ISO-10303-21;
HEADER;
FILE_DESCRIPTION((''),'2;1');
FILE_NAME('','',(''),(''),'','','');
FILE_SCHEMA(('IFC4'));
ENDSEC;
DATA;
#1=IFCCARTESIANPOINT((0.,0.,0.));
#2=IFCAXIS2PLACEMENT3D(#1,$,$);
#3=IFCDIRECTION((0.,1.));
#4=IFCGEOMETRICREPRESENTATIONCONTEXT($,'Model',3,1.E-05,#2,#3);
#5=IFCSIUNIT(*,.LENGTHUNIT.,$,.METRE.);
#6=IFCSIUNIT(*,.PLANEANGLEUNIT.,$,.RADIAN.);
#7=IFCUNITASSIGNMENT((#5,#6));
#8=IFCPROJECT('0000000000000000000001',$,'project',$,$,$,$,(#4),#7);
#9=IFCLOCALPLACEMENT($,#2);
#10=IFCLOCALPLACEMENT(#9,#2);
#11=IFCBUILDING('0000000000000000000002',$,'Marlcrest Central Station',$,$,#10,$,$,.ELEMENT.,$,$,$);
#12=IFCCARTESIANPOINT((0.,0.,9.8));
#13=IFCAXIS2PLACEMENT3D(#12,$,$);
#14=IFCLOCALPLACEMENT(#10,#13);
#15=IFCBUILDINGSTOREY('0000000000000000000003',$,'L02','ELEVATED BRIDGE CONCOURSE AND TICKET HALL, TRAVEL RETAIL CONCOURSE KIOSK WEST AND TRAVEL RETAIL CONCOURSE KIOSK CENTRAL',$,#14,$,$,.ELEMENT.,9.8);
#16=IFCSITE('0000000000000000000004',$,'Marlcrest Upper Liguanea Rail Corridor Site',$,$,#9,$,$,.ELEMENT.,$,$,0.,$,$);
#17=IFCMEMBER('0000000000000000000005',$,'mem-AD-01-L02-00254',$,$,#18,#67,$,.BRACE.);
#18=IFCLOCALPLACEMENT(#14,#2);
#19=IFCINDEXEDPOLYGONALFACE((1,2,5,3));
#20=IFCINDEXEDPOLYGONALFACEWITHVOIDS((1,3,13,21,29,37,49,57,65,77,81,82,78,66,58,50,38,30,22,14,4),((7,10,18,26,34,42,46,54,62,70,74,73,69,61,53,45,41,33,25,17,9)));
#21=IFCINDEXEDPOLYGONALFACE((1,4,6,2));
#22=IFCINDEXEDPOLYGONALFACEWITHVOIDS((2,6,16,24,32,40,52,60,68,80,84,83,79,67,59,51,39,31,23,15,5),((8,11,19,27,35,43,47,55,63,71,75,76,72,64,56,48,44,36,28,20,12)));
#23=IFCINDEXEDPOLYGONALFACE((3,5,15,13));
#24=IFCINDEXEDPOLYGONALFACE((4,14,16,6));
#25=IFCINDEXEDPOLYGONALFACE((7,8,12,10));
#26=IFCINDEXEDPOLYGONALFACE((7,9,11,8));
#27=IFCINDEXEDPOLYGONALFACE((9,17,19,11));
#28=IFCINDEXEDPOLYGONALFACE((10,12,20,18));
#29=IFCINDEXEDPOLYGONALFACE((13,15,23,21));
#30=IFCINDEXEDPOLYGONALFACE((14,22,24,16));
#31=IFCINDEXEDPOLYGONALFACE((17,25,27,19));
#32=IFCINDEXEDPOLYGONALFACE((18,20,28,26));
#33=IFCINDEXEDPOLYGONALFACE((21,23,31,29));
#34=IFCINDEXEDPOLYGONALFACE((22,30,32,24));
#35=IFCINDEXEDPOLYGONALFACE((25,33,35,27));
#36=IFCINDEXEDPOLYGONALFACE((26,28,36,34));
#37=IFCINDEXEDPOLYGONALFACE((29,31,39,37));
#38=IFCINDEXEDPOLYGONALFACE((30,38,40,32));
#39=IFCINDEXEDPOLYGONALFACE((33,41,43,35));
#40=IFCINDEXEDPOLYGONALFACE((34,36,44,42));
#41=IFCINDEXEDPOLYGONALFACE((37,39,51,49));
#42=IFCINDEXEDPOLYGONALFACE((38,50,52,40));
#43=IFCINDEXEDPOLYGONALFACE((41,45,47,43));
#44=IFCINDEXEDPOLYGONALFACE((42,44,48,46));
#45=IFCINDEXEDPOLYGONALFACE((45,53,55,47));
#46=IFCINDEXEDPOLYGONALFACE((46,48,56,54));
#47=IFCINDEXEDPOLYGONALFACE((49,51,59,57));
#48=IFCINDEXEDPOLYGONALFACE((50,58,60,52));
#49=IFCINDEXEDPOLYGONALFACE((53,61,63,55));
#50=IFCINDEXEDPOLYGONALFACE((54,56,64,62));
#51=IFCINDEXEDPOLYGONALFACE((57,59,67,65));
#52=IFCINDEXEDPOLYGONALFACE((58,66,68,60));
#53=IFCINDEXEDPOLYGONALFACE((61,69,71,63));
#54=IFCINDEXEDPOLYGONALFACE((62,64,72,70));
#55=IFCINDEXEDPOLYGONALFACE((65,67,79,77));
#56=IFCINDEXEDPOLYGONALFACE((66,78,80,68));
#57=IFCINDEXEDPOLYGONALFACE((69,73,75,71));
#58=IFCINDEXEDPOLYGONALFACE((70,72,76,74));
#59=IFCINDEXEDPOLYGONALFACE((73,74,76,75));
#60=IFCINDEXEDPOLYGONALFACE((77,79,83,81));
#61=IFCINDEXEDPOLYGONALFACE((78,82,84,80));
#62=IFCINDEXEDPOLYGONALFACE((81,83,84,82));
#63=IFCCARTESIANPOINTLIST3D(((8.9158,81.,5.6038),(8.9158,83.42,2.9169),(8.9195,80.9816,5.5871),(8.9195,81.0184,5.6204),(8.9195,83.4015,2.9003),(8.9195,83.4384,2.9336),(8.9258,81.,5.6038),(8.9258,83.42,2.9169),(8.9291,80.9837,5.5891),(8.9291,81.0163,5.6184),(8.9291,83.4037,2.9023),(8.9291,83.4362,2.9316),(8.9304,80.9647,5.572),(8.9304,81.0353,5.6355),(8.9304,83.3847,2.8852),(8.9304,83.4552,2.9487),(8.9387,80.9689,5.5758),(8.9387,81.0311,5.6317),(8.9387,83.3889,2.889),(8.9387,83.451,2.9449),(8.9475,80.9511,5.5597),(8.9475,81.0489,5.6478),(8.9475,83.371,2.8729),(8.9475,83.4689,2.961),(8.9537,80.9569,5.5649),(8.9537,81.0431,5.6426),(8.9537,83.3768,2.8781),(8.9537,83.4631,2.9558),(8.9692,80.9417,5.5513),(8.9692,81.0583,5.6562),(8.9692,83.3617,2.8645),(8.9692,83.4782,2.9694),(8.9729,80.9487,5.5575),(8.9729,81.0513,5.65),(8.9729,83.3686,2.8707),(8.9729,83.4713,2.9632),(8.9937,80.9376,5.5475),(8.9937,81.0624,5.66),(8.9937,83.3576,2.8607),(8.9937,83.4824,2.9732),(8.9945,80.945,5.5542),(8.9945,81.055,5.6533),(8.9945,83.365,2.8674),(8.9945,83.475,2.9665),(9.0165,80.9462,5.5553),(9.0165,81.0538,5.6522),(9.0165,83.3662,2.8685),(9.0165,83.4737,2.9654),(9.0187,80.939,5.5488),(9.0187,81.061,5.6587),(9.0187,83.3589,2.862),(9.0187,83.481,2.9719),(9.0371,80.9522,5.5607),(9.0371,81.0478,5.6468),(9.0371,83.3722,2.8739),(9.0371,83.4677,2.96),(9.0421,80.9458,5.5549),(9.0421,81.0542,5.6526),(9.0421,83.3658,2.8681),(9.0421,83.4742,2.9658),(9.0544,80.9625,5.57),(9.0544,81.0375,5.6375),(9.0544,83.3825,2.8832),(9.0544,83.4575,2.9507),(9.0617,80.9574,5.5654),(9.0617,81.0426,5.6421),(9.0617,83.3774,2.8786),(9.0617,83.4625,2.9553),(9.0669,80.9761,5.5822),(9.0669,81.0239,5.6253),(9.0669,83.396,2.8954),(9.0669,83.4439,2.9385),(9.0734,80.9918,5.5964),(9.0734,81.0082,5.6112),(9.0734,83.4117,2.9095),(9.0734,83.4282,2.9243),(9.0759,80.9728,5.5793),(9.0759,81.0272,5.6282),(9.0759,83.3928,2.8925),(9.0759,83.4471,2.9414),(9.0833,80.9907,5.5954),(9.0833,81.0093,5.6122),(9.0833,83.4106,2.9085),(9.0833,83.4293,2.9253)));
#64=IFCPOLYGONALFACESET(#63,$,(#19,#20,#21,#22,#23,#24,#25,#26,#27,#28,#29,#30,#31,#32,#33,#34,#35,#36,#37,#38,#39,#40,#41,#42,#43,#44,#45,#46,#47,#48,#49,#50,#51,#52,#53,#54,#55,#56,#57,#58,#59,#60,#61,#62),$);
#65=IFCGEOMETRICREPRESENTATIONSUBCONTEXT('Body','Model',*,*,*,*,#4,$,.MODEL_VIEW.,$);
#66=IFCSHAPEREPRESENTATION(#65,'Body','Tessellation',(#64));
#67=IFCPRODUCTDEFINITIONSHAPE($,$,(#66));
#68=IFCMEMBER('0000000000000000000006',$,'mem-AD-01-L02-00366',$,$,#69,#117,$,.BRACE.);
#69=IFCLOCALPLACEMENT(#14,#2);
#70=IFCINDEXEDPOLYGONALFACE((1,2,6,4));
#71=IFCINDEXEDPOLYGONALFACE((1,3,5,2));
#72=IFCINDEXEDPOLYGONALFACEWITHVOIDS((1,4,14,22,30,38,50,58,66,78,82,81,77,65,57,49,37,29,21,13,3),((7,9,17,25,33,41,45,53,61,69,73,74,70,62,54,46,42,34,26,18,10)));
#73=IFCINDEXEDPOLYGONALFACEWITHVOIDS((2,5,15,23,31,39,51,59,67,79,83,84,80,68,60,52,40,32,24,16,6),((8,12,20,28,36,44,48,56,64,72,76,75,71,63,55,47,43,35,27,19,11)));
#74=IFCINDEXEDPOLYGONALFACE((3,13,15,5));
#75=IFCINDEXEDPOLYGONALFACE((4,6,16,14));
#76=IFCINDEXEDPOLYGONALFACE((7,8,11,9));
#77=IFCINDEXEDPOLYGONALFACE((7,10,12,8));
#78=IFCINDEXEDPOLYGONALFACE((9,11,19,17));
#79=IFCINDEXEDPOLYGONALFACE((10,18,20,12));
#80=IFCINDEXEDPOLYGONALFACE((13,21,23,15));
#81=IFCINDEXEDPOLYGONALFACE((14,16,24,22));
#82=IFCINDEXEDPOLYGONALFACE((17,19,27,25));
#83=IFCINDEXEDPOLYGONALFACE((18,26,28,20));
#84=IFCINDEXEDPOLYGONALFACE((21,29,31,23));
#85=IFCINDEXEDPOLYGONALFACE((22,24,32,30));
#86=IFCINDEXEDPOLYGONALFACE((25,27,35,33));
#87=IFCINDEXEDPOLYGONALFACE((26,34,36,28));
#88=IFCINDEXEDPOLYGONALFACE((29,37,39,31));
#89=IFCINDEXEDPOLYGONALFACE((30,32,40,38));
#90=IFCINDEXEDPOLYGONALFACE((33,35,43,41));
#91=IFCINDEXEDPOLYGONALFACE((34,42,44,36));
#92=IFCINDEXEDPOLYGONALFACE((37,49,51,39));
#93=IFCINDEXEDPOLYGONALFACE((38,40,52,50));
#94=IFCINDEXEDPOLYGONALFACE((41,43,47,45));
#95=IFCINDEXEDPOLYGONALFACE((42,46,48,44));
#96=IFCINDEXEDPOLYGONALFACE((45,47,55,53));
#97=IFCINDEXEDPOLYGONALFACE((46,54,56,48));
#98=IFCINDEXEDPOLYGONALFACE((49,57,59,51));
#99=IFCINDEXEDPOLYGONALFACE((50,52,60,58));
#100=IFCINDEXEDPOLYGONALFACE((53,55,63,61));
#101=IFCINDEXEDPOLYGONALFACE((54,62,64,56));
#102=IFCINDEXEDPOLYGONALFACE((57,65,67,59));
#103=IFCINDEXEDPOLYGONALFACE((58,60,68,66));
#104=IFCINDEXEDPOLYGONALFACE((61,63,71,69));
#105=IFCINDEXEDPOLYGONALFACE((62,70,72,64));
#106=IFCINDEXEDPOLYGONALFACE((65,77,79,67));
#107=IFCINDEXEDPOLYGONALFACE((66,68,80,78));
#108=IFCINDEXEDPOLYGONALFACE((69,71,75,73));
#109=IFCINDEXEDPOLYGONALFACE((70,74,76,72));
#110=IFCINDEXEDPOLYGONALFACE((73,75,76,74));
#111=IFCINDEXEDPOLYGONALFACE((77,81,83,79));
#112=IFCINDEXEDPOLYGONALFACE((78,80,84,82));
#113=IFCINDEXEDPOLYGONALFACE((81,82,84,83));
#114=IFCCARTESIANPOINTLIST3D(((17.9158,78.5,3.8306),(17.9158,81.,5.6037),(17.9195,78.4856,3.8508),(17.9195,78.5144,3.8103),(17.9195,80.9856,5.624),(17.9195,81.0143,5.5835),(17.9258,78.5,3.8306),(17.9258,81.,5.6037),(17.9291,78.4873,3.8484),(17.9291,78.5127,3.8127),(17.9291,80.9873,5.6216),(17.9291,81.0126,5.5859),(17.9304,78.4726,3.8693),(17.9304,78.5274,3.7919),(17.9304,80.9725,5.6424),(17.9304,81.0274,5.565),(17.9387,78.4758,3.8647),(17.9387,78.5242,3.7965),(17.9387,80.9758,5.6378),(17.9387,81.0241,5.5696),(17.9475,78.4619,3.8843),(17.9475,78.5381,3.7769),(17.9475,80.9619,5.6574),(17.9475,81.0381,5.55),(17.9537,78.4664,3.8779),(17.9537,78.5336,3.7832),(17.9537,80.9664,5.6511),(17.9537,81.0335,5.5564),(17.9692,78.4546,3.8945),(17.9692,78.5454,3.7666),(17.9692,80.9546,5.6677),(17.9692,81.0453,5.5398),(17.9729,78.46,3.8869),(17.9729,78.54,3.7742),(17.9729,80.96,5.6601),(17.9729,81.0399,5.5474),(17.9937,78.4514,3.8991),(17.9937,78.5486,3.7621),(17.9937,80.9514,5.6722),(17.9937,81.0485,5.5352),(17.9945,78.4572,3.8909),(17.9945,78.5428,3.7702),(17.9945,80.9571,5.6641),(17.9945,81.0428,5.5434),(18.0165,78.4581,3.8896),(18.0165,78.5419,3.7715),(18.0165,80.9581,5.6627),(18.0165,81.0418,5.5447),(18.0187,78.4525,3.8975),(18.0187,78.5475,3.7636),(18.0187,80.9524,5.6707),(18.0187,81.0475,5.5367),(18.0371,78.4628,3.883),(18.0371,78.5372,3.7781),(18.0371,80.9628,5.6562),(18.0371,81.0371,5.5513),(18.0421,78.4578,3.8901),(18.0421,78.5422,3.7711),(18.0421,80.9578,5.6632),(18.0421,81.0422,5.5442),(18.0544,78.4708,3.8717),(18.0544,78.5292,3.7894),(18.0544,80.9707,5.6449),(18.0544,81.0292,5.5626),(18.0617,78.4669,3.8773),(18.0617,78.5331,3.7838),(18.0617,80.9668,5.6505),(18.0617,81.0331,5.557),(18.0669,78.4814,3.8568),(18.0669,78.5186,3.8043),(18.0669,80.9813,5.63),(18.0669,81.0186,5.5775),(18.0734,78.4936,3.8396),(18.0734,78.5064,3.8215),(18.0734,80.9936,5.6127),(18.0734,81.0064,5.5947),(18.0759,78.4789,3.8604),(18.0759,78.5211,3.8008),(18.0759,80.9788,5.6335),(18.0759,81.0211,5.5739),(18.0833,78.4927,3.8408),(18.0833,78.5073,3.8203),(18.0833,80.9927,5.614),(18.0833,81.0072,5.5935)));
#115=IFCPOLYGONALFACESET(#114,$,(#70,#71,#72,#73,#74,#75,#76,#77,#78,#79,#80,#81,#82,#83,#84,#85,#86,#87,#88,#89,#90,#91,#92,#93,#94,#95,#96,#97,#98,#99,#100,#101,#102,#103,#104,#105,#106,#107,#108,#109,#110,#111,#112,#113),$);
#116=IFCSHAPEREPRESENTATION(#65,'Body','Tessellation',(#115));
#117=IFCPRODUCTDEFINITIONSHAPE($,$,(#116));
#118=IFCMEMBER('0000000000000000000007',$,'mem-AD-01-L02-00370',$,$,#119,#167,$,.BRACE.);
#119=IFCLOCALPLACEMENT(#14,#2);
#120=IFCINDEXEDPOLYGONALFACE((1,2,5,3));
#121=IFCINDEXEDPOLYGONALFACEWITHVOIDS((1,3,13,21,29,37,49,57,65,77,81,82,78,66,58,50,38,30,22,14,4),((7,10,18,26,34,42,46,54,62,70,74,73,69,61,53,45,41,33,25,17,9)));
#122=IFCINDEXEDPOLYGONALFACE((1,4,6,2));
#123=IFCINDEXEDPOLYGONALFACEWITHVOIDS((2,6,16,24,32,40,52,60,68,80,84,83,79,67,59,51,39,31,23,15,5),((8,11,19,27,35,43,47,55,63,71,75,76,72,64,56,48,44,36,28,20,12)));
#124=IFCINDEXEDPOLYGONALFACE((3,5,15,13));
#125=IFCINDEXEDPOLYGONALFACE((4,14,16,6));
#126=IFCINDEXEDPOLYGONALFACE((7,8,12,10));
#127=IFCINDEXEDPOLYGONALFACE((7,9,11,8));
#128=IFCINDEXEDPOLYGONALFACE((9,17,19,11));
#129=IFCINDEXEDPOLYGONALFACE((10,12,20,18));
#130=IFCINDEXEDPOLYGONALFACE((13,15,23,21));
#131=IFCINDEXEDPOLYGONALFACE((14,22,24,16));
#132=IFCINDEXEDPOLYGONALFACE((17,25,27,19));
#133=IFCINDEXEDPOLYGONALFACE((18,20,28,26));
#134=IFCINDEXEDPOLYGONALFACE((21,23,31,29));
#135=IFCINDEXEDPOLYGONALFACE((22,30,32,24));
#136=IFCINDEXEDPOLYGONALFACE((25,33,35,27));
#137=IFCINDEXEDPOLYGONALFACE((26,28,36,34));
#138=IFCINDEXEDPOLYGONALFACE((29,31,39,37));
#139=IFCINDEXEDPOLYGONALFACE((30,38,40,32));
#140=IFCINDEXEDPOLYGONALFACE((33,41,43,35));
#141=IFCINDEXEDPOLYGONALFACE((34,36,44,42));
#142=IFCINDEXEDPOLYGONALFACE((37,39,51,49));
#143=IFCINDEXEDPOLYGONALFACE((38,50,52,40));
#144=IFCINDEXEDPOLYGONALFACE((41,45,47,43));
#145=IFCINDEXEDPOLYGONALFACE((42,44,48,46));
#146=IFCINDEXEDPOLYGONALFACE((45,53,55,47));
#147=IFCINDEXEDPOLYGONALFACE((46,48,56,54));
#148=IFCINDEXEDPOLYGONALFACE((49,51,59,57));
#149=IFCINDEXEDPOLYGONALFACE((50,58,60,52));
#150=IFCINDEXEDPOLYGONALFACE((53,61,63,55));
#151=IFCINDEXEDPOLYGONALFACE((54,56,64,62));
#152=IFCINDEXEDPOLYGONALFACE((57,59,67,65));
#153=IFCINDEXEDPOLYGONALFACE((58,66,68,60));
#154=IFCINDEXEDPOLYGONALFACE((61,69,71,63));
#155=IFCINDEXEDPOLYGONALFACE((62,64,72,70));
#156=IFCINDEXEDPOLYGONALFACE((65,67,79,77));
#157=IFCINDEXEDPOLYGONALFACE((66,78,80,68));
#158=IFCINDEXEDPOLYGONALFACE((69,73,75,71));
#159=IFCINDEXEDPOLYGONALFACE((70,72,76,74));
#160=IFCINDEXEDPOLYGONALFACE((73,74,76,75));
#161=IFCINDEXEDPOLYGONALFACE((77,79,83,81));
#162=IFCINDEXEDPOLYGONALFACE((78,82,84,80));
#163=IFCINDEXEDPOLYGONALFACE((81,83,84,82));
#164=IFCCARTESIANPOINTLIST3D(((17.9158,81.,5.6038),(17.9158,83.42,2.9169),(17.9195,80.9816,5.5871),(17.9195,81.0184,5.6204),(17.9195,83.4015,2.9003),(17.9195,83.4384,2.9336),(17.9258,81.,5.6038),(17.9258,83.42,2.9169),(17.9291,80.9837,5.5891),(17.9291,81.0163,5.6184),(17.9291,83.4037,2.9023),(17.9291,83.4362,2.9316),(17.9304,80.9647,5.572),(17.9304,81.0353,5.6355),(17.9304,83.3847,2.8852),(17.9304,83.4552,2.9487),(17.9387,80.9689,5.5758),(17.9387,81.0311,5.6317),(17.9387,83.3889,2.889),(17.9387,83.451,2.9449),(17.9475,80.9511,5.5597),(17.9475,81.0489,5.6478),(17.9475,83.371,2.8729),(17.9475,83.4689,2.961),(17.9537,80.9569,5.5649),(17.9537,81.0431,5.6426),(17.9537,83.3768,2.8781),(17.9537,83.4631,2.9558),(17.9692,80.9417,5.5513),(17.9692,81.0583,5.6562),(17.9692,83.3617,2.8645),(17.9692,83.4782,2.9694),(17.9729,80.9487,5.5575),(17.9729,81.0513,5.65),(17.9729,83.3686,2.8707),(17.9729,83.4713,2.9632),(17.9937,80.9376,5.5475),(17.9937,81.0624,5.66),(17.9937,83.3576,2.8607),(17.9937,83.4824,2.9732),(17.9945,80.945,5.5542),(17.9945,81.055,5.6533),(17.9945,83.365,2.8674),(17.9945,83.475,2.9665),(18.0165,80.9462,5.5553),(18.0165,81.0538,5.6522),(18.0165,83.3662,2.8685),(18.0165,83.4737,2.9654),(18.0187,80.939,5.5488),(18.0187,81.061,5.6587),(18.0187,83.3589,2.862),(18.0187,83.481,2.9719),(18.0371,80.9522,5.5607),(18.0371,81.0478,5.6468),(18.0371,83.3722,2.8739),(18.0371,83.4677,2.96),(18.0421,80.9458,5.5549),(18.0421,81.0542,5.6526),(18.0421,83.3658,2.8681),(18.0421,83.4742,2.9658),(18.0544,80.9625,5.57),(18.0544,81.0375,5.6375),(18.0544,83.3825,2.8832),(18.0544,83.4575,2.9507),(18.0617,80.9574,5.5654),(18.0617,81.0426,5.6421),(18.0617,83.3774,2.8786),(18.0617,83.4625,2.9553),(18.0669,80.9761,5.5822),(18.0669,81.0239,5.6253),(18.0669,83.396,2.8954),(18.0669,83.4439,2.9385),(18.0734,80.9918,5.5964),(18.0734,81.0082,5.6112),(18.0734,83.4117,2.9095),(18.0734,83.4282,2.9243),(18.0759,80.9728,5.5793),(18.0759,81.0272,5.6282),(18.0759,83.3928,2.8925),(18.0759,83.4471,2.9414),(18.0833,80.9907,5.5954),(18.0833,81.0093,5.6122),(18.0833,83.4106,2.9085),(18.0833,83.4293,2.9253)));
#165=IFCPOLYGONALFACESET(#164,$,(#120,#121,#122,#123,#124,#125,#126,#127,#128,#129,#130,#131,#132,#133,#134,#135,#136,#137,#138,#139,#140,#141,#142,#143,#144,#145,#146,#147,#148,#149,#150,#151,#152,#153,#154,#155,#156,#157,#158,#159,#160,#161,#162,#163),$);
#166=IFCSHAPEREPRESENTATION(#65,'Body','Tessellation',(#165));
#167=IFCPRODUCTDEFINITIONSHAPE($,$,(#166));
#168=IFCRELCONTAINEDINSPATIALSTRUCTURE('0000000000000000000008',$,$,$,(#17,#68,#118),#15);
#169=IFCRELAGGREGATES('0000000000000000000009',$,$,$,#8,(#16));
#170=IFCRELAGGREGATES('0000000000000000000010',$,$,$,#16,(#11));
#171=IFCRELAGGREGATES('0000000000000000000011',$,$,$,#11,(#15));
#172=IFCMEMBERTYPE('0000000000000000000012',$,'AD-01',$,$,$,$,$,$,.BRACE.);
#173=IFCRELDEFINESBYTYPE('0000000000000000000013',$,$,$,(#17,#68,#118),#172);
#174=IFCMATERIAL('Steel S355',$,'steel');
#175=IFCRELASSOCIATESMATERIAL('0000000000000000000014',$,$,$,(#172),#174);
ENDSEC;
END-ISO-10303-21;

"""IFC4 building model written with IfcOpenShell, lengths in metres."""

from ifc_helpers import new_model, si_unit, direction, frame, origin, origin_2d, place, context, subcontext, project, spatial, hollow_circle, extrude, material, material_profile, profile_set, type_object, element, save


model = new_model("IFC4")

# Units and contexts
model_context = context("Model", 3, precision=1e-05, world=origin(), true_north=direction((0.0, 1.0)))
body_context = subcontext(model_context, "Body", "Model", "MODEL_VIEW")
ifc_project = project(units=[si_unit("LENGTHUNIT", "METRE"), si_unit("PLANEANGLEUNIT", "RADIAN")], contexts=[model_context])

# Site, building, storey
site_placement = place(None, origin())
site = spatial("IfcSite", under=ifc_project, at=site_placement, Name="Marlcrest Upper Liguanea Rail Corridor Site", CompositionType="ELEMENT", RefElevation=0.0)
building_placement = place(site_placement, origin())
building = spatial("IfcBuilding", under=site, at=building_placement, Name="Marlcrest Central Station", CompositionType="ELEMENT")
storey_placement = place(building_placement, frame((0.0, 0.0, 9.8)))
storey = spatial("IfcBuildingStorey", under=building, at=storey_placement, Name="L02", Description="ELEVATED BRIDGE CONCOURSE AND TICKET HALL, TRAVEL RETAIL CONCOURSE KIOSK WEST AND TRAVEL RETAIL CONCOURSE KIOSK CENTRAL", CompositionType="ELEMENT", Elevation=9.8)

# Members
ifc_material_1 = material(Name="Steel S355", Category="steel")
ifc_material_profile_1 = material_profile(ifc_material_1, hollow_circle(Radius=0.0842, WallThickness=0.01, at=origin_2d()), Name="CHS 168.3x10")
ifc_profile_set_1 = profile_set([ifc_material_profile_1], Name="Steel S355")
member_type_1 = type_object("IfcMemberType", Name="AD-01", PredefinedType="BRACE", material=ifc_profile_set_1)
member_1_placement = place(storey_placement, frame((9.0, 81.0, 5.6038), z_axis=(0.0, 0.669244, -0.743042), x_axis=(-1.0, 0.0, 0.0)))
element("IfcMember", 1, at=member_1_placement, inside=storey, type_object=member_type_1, Name="mem-AD-01-L02-00254", PredefinedType="BRACE", context=body_context, shape_type="SweptSolid", body=[
    extrude(hollow_circle(Radius=0.0842, WallThickness=0.01, at=origin_2d()), origin(), (0.0, 0.0, 1.0), 3.616),
])
member_2_placement = place(storey_placement, frame((18.0, 78.5, 3.8306), z_axis=(0.0, 0.815661, 0.57853), x_axis=(-1.0, 0.0, 0.0)))
element("IfcMember", 2, at=member_2_placement, inside=storey, type_object=member_type_1, Name="mem-AD-01-L02-00366", PredefinedType="BRACE", context=body_context, shape_type="SweptSolid", body=[
    extrude(hollow_circle(Radius=0.0842, WallThickness=0.01, at=origin_2d()), origin(), (0.0, 0.0, 1.0), 3.0649),
])
member_3_placement = place(storey_placement, frame((18.0, 81.0, 5.6038), z_axis=(0.0, 0.669244, -0.743042), x_axis=(-1.0, 0.0, 0.0)))
element("IfcMember", 3, at=member_3_placement, inside=storey, type_object=member_type_1, Name="mem-AD-01-L02-00370", PredefinedType="BRACE", context=body_context, shape_type="SweptSolid", body=[
    extrude(hollow_circle(Radius=0.0842, WallThickness=0.01, at=origin_2d()), origin(), (0.0, 0.0, 1.0), 3.616),
])

save(model, "model.ifc")
